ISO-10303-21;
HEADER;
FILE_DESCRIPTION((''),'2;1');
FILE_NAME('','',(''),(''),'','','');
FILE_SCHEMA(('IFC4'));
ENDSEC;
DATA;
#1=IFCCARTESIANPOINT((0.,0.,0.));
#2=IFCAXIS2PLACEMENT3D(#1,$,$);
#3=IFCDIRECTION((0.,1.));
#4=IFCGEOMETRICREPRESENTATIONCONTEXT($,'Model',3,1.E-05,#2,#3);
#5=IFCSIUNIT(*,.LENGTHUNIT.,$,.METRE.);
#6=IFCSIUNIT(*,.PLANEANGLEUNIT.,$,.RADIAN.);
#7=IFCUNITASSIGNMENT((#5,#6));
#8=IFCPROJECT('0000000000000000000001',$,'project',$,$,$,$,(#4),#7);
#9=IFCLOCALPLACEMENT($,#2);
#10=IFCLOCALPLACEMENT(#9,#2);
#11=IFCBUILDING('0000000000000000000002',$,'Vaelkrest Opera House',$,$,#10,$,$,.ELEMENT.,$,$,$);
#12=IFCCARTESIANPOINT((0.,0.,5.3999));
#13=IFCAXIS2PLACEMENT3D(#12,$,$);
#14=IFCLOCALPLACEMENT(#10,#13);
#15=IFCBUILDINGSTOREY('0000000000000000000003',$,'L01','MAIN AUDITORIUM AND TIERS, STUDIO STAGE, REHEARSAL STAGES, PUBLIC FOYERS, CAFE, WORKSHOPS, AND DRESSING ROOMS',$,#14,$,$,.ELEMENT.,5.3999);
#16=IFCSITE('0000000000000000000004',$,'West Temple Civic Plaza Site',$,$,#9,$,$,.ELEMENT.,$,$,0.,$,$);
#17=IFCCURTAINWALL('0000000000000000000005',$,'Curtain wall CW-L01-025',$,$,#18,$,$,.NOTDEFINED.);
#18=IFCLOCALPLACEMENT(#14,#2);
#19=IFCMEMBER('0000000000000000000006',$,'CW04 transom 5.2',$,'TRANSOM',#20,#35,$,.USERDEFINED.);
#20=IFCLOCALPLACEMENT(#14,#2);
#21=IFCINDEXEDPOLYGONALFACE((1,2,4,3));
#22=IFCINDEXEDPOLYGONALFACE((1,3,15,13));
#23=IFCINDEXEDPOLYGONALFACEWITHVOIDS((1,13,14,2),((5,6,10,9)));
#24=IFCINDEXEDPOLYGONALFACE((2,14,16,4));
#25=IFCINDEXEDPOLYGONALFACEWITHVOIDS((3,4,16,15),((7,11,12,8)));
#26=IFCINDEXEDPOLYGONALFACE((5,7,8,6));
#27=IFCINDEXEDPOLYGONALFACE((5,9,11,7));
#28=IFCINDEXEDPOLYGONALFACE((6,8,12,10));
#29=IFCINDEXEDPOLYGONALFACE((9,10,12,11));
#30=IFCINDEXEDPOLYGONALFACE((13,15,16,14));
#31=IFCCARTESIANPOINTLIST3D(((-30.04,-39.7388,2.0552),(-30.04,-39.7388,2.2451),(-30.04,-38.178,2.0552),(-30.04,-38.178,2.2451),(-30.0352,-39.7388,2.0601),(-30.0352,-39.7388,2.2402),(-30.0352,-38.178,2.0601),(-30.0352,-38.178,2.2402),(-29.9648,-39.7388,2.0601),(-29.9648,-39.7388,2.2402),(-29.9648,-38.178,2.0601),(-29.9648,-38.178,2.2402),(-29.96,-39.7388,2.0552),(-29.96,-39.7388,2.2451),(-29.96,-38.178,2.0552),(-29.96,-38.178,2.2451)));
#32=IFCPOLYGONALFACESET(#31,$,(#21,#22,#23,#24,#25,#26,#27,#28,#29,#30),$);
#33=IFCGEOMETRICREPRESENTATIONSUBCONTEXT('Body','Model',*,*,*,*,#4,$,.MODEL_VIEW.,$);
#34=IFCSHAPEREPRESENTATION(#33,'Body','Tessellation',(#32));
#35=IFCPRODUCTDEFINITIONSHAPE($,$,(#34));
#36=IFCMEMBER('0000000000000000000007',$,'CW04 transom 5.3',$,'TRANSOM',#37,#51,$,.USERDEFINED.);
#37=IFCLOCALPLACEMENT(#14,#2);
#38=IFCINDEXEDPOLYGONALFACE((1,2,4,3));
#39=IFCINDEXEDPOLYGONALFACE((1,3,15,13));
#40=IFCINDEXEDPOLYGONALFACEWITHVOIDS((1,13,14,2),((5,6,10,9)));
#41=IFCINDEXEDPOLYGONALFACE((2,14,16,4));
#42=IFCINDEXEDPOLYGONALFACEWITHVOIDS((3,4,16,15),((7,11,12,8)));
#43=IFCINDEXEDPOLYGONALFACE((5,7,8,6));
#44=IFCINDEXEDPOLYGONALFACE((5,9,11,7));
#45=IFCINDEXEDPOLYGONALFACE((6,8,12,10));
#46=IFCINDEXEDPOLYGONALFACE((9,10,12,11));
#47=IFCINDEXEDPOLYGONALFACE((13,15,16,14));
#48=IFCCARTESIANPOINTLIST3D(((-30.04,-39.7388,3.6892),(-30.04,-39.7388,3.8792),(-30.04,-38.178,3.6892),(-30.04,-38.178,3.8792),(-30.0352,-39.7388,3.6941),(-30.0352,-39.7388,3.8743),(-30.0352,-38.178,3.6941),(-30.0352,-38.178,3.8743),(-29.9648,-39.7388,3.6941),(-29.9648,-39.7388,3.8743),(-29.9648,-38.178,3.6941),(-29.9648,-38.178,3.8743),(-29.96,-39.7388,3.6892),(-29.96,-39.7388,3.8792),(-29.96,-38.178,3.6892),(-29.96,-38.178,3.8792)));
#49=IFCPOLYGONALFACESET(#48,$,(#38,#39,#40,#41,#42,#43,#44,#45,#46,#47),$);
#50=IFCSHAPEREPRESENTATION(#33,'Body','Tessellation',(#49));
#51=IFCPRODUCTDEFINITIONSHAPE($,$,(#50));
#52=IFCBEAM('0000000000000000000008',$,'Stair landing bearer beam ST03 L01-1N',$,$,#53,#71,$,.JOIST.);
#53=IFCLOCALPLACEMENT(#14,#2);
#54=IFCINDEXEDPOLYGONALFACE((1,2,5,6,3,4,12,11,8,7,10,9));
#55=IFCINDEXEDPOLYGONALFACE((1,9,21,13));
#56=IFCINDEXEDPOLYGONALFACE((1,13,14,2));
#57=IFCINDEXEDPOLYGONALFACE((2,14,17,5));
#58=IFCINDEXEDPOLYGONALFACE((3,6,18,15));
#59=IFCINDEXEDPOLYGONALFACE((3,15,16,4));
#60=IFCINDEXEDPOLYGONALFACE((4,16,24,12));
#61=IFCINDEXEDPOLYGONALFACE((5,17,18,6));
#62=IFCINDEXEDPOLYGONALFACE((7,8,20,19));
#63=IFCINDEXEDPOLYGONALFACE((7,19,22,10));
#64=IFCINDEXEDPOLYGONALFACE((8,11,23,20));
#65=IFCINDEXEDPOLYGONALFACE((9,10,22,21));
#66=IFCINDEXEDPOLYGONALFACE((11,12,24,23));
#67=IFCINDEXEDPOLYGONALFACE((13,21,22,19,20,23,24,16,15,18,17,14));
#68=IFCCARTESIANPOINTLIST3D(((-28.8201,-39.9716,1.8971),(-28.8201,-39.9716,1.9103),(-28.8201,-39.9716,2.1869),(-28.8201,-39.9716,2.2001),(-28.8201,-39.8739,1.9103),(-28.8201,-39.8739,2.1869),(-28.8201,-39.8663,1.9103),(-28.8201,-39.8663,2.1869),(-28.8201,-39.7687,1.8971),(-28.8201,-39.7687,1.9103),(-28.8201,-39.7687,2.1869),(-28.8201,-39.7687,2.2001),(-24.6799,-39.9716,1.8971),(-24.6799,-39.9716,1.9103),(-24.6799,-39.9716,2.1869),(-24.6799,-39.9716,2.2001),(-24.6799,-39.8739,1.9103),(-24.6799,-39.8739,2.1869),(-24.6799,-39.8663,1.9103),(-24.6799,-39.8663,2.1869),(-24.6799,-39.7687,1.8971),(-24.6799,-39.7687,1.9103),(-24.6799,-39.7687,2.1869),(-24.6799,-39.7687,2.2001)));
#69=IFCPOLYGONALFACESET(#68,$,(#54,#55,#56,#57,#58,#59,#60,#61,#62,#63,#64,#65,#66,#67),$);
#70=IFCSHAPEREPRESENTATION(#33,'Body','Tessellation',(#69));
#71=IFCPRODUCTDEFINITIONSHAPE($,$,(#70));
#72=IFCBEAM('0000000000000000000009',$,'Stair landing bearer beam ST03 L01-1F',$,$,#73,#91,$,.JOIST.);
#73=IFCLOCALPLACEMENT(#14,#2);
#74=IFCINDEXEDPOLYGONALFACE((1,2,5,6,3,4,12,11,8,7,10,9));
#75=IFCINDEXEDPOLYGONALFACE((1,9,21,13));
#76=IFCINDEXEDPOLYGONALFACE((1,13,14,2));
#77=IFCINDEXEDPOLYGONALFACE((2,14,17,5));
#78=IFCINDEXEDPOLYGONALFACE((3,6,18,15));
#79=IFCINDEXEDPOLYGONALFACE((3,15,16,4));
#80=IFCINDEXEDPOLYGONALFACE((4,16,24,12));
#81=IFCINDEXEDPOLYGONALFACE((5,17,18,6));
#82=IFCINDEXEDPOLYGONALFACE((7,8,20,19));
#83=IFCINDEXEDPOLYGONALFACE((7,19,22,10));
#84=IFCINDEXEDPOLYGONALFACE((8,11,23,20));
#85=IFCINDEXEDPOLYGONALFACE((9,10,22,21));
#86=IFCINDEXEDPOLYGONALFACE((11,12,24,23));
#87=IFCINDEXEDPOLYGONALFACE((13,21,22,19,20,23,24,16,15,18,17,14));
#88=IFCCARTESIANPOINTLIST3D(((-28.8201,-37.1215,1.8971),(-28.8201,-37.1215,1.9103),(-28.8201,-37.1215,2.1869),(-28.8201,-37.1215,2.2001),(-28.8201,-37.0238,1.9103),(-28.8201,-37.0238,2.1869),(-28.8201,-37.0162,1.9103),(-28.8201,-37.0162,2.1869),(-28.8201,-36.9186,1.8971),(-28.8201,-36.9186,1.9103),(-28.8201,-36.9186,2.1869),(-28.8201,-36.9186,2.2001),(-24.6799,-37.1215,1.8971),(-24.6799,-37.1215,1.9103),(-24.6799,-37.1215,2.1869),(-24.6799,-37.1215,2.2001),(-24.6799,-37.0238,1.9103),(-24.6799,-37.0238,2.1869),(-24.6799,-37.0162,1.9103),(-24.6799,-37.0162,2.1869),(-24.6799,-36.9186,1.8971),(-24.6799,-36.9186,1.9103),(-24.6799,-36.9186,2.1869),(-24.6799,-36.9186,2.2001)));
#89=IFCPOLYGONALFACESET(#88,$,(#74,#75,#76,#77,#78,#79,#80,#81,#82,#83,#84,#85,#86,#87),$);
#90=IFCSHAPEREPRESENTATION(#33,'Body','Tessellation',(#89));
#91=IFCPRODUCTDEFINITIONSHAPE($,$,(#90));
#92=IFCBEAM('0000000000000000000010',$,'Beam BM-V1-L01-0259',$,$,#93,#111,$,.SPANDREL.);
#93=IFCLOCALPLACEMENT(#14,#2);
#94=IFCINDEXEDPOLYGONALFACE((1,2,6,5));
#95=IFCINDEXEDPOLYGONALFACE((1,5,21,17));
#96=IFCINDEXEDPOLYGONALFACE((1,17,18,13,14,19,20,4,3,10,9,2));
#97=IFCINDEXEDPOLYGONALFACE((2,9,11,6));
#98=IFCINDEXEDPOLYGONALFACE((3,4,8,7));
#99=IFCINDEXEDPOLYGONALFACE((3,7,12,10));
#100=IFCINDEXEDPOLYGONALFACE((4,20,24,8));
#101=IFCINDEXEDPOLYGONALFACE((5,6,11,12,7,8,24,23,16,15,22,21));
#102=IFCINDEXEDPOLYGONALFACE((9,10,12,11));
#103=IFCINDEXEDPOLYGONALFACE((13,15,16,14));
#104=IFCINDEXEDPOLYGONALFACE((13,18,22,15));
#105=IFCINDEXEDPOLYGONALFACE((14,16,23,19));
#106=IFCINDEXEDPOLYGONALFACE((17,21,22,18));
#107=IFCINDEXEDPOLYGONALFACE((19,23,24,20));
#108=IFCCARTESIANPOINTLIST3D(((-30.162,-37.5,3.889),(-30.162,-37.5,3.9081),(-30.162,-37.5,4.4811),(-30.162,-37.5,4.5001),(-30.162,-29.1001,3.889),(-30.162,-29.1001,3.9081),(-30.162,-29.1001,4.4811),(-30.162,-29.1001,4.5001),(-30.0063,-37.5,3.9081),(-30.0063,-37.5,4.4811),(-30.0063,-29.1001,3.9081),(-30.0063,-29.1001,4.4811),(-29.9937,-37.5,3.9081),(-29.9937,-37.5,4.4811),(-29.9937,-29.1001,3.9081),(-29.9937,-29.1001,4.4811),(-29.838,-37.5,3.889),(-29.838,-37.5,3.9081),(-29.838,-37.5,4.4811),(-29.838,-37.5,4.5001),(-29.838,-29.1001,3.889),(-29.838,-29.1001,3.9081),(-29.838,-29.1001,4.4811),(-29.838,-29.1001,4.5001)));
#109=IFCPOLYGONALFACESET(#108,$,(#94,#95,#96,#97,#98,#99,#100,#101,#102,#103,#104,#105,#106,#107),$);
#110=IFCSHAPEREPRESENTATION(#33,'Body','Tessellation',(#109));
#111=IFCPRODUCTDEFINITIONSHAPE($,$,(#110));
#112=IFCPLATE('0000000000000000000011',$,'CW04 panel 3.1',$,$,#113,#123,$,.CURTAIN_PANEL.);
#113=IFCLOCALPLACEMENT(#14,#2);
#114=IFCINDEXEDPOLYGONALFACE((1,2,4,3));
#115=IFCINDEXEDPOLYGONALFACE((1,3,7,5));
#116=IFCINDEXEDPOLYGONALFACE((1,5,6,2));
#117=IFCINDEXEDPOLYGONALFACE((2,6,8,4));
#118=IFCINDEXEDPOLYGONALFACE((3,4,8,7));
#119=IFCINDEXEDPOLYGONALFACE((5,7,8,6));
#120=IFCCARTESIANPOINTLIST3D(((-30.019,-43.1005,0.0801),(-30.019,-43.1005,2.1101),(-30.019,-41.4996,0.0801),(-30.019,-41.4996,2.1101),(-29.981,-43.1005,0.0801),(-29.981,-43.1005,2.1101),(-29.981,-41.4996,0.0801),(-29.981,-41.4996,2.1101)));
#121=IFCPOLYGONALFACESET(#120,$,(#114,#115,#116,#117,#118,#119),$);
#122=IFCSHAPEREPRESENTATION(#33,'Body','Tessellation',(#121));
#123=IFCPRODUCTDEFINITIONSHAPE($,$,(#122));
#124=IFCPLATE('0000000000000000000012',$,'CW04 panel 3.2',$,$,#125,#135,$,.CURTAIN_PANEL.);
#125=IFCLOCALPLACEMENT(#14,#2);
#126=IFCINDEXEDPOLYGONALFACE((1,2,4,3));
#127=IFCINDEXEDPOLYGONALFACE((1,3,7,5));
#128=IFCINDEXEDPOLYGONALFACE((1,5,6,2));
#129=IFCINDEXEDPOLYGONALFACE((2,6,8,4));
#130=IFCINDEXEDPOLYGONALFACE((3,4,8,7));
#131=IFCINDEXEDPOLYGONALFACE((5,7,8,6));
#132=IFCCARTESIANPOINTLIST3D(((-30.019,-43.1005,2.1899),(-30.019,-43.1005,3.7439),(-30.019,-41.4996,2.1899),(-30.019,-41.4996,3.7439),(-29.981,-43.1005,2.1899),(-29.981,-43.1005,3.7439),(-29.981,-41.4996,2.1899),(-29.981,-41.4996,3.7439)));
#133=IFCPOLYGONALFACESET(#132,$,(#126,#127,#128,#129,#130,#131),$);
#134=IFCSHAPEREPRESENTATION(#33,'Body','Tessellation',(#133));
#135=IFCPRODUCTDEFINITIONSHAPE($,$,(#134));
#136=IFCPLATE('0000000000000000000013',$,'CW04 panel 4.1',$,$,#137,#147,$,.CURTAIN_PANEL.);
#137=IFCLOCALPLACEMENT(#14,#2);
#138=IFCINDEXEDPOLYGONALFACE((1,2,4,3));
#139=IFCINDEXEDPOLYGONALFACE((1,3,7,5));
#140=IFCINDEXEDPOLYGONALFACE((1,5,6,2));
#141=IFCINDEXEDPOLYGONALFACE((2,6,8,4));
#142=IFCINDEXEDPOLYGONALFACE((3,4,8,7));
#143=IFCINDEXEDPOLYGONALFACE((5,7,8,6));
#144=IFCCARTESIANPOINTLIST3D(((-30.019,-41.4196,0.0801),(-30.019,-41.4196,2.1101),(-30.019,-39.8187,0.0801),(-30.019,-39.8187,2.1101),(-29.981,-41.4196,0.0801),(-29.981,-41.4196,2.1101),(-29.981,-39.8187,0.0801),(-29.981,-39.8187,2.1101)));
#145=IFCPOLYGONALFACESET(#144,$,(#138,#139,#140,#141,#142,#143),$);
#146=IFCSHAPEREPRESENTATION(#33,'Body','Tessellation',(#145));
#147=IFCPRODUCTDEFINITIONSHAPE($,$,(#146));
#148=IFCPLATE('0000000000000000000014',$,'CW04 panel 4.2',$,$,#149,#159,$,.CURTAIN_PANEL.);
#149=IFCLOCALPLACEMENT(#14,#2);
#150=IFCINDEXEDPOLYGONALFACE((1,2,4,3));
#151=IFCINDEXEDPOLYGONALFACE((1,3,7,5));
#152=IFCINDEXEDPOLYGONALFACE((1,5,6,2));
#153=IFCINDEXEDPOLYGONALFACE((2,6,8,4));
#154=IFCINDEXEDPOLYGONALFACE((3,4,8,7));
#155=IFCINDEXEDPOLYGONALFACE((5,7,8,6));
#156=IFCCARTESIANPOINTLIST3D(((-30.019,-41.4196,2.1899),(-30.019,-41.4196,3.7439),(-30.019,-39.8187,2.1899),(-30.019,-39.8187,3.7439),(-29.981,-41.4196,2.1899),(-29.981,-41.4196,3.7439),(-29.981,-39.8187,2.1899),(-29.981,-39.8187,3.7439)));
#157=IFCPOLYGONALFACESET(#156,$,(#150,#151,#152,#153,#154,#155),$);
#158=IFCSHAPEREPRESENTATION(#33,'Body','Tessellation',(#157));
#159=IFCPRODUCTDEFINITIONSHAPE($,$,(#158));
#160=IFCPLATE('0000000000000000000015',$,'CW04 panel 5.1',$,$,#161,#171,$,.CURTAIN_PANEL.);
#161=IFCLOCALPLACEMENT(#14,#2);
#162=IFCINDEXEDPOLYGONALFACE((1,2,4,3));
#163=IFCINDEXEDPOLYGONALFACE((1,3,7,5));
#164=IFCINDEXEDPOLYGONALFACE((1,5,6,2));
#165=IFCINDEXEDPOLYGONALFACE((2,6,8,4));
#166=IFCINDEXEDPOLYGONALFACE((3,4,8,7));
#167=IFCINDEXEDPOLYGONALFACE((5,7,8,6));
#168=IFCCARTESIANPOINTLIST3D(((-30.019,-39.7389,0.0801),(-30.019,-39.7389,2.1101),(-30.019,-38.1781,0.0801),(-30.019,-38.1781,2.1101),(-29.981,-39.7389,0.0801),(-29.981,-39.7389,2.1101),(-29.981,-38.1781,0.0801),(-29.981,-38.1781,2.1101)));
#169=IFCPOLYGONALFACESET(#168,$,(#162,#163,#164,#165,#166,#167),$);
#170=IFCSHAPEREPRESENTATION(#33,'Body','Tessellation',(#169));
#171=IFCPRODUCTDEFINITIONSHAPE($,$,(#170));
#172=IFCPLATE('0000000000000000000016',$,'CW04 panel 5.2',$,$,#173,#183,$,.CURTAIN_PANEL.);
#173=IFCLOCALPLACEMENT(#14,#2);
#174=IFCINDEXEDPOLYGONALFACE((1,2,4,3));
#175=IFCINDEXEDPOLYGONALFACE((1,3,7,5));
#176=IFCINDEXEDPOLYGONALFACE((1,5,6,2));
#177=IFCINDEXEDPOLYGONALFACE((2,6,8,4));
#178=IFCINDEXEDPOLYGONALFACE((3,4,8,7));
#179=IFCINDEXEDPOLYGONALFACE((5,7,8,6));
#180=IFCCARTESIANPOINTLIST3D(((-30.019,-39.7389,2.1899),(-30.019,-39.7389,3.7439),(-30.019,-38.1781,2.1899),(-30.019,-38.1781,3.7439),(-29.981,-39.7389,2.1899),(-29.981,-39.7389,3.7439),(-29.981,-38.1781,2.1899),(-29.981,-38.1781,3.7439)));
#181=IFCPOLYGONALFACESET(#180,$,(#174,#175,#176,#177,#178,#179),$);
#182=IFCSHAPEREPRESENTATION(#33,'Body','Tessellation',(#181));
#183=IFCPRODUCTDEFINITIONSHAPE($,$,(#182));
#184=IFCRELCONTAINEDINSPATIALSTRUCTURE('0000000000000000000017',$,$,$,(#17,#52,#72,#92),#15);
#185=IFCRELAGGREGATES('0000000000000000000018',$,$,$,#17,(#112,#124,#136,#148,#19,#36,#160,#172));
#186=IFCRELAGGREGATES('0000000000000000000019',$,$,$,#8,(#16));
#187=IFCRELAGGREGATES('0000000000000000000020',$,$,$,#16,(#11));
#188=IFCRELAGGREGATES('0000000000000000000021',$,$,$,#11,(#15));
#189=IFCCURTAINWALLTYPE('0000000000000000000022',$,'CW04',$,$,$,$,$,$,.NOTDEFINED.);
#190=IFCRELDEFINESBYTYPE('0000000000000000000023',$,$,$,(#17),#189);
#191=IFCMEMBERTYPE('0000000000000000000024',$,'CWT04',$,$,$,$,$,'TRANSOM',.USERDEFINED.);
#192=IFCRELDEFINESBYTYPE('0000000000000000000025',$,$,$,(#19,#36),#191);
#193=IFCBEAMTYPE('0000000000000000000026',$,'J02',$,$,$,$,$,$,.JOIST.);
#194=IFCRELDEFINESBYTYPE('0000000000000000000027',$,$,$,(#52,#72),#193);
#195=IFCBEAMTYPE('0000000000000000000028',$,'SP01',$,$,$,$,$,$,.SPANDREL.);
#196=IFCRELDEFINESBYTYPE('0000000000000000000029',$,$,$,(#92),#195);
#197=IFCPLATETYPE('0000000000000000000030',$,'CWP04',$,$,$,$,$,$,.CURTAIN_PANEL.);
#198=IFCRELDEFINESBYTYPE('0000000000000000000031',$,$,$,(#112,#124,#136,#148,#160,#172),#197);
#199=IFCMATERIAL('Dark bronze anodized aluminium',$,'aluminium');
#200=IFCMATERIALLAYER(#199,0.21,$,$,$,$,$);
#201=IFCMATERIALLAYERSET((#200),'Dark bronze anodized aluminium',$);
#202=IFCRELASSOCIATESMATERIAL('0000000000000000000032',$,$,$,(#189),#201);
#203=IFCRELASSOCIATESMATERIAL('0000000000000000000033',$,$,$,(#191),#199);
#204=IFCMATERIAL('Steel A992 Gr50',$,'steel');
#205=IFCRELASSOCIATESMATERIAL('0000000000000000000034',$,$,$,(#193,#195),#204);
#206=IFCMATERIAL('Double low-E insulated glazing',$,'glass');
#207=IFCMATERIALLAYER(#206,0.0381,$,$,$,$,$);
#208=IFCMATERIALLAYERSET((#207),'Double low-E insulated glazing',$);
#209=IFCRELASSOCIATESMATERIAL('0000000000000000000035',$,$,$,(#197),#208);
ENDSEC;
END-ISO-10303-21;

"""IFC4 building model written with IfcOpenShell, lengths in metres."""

from ifc_helpers import new_model, si_unit, direction, frame, origin, origin_2d, place, context, subcontext, project, spatial, rectangle, hollow_rectangle, i_section, extrude, material, layer, layer_set, material_profile, profile_set, type_object, element, aggregate, save


model = new_model("IFC4")

# Units and contexts
model_context = context("Model", 3, precision=1e-05, world=origin(), true_north=direction((0.0, 1.0)))
body_context = subcontext(model_context, "Body", "Model", "MODEL_VIEW")
ifc_project = project(units=[si_unit("LENGTHUNIT", "METRE"), si_unit("PLANEANGLEUNIT", "RADIAN")], contexts=[model_context])

# Site, building, storey
site_placement = place(None, origin())
site = spatial("IfcSite", under=ifc_project, at=site_placement, Name="West Temple Civic Plaza Site", CompositionType="ELEMENT", RefElevation=0.0)
building_placement = place(site_placement, origin())
building = spatial("IfcBuilding", under=site, at=building_placement, Name="Vaelkrest Opera House", CompositionType="ELEMENT")
storey_placement = place(building_placement, frame((0.0, 0.0, 5.3999)))
storey = spatial("IfcBuildingStorey", under=building, at=storey_placement, Name="L01", Description="MAIN AUDITORIUM AND TIERS, STUDIO STAGE, REHEARSAL STAGES, PUBLIC FOYERS, CAFE, WORKSHOPS, AND DRESSING ROOMS", CompositionType="ELEMENT", Elevation=5.3999)

# Curtain wall, members
ifc_material_1 = material(Name="Dark bronze anodized aluminium", Category="aluminium")
ifc_layer_1 = layer(ifc_material_1, 0.21)
ifc_layer_set_1 = layer_set([ifc_layer_1], Name="Dark bronze anodized aluminium")
curtain_wall_type = type_object("IfcCurtainWallType", Name="CW04", PredefinedType="NOTDEFINED", material=ifc_layer_set_1)
curtain_wall_placement = place(storey_placement, origin())
curtain_wall = element("IfcCurtainWall", 1, at=curtain_wall_placement, inside=storey, type_object=curtain_wall_type, Name="Curtain wall CW-L01-025", PredefinedType="NOTDEFINED")
ifc_material_profile_1 = material_profile(ifc_material_1, hollow_rectangle(XDim=0.0801, YDim=0.1899, WallThickness=0.0049, at=origin_2d()), Name="CWT80X190")
ifc_profile_set_1 = profile_set([ifc_material_profile_1], Name="Dark bronze anodized aluminium")
member_type_1 = type_object("IfcMemberType", Name="CWT04", ElementType="TRANSOM", PredefinedType="USERDEFINED", material=ifc_profile_set_1)
member_1_placement = place(storey_placement, frame((-30.0, -39.7388, 2.1501), z_axis=(0.0, 1.0, 0.0), x_axis=(-1.0, 0.0, 0.0)))
member_1 = element("IfcMember", 2, at=member_1_placement, type_object=member_type_1, Name="CW04 transom 5.2", ObjectType="TRANSOM", PredefinedType="USERDEFINED", context=body_context, shape_type="SweptSolid", body=[
    extrude(hollow_rectangle(XDim=0.0801, YDim=0.1899, WallThickness=0.0049, at=origin_2d()), origin(), (0.0, 0.0, 1.0), 1.5608),
])
member_2_placement = place(storey_placement, frame((-30.0, -39.7388, 3.7842), z_axis=(0.0, 1.0, 0.0), x_axis=(-1.0, 0.0, 0.0)))
member_2 = element("IfcMember", 3, at=member_2_placement, type_object=member_type_1, Name="CW04 transom 5.3", ObjectType="TRANSOM", PredefinedType="USERDEFINED", context=body_context, shape_type="SweptSolid", body=[
    extrude(hollow_rectangle(XDim=0.0801, YDim=0.1899, WallThickness=0.0049, at=origin_2d()), origin(), (0.0, 0.0, 1.0), 1.5608),
])

# Beams
ifc_material_2 = material(Name="Steel A992 Gr50", Category="steel")
ifc_material_profile_2 = material_profile(ifc_material_2, i_section(OverallWidth=0.2029, OverallDepth=0.303, WebThickness=0.0076, FlangeThickness=0.0132, at=origin_2d()), Name="W12X40")
ifc_profile_set_2 = profile_set([ifc_material_profile_2], Name="Steel A992 Gr50")
beam_type_1 = type_object("IfcBeamType", Name="J02", PredefinedType="JOIST", material=ifc_profile_set_2)
for number, where, z_axis, x_axis, name in (
    (4, (-28.8201, -39.8701, 2.0486), (1.0, 0.0, 0.0), (0.0, 1.0, 0.0), "Stair landing bearer beam ST03 L01-1N"),
    (5, (-28.8201, -37.02, 2.0486), (1.0, 0.0, 0.0), (0.0, 1.0, 0.0), "Stair landing bearer beam ST03 L01-1F"),
):
    element("IfcBeam", number, at=place(storey_placement, frame(where, z_axis=z_axis, x_axis=x_axis)), inside=storey, type_object=beam_type_1, Name=name, PredefinedType="JOIST", context=body_context, shape_type="SweptSolid", body=[
        extrude(i_section(OverallWidth=0.2029, OverallDepth=0.303, WebThickness=0.0076, FlangeThickness=0.0132, at=origin_2d()), origin(), (0.0, 0.0, 1.0), 4.1401),
    ])
ifc_material_profile_3 = material_profile(ifc_material_2, i_section(OverallWidth=0.324, OverallDepth=0.6111, WebThickness=0.0127, FlangeThickness=0.019, at=origin_2d()), Name="W24X104")
ifc_profile_set_3 = profile_set([ifc_material_profile_3], Name="Steel A992 Gr50")
beam_type_2 = type_object("IfcBeamType", Name="SP01", PredefinedType="SPANDREL", material=ifc_profile_set_3)
beam_placement = place(storey_placement, frame((-30.0, -37.5, 4.1946), z_axis=(0.0, 1.0, 0.0), x_axis=(-1.0, 0.0, 0.0)))
element("IfcBeam", 6, at=beam_placement, inside=storey, type_object=beam_type_2, Name="Beam BM-V1-L01-0259", PredefinedType="SPANDREL", context=body_context, shape_type="SweptSolid", body=[
    extrude(i_section(OverallWidth=0.324, OverallDepth=0.6111, WebThickness=0.0127, FlangeThickness=0.019, at=origin_2d()), origin(), (0.0, 0.0, 1.0), 8.3999),
])

# Plates
ifc_material_3 = material(Name="Double low-E insulated glazing", Category="glass")
ifc_layer_2 = layer(ifc_material_3, 0.0381)
ifc_layer_set_2 = layer_set([ifc_layer_2], Name="Double low-E insulated glazing")
plate_type = type_object("IfcPlateType", Name="CWP04", PredefinedType="CURTAIN_PANEL", material=ifc_layer_set_2)
plate_1_placement = place(storey_placement, frame((-30.0, -42.3, 0.0801), z_axis=(0.0, 0.0, 1.0), x_axis=(0.0, 1.0, 0.0)))
plate_1 = element("IfcPlate", 7, at=plate_1_placement, type_object=plate_type, Name="CW04 panel 3.1", PredefinedType="CURTAIN_PANEL", context=body_context, shape_type="SweptSolid", body=[
    extrude(rectangle(XDim=1.6008, YDim=0.0381, at=origin_2d()), origin(), (0.0, 0.0, 1.0), 2.03),
])
plate_2_placement = place(storey_placement, frame((-30.0, -42.3, 2.1899), z_axis=(0.0, 0.0, 1.0), x_axis=(0.0, 1.0, 0.0)))
plate_2 = element("IfcPlate", 8, at=plate_2_placement, type_object=plate_type, Name="CW04 panel 3.2", PredefinedType="CURTAIN_PANEL", context=body_context, shape_type="SweptSolid", body=[
    extrude(rectangle(XDim=1.6008, YDim=0.0381, at=origin_2d()), origin(), (0.0, 0.0, 1.0), 1.554),
])
plate_3_placement = place(storey_placement, frame((-30.0, -40.6191, 0.0801), z_axis=(0.0, 0.0, 1.0), x_axis=(0.0, 1.0, 0.0)))
plate_3 = element("IfcPlate", 9, at=plate_3_placement, type_object=plate_type, Name="CW04 panel 4.1", PredefinedType="CURTAIN_PANEL", context=body_context, shape_type="SweptSolid", body=[
    extrude(rectangle(XDim=1.6008, YDim=0.0381, at=origin_2d()), origin(), (0.0, 0.0, 1.0), 2.03),
])
plate_4_placement = place(storey_placement, frame((-30.0, -40.6191, 2.1899), z_axis=(0.0, 0.0, 1.0), x_axis=(0.0, 1.0, 0.0)))
plate_4 = element("IfcPlate", 10, at=plate_4_placement, type_object=plate_type, Name="CW04 panel 4.2", PredefinedType="CURTAIN_PANEL", context=body_context, shape_type="SweptSolid", body=[
    extrude(rectangle(XDim=1.6008, YDim=0.0381, at=origin_2d()), origin(), (0.0, 0.0, 1.0), 1.554),
])
plate_5_placement = place(storey_placement, frame((-30.0, -38.9585, 0.0801), z_axis=(0.0, 0.0, 1.0), x_axis=(0.0, 1.0, 0.0)))
plate_5 = element("IfcPlate", 11, at=plate_5_placement, type_object=plate_type, Name="CW04 panel 5.1", PredefinedType="CURTAIN_PANEL", context=body_context, shape_type="SweptSolid", body=[
    extrude(rectangle(XDim=1.5608, YDim=0.0381, at=origin_2d()), origin(), (0.0, 0.0, 1.0), 2.03),
])
plate_6_placement = place(storey_placement, frame((-30.0, -38.9585, 2.1899), z_axis=(0.0, 0.0, 1.0), x_axis=(0.0, 1.0, 0.0)))
plate_6 = element("IfcPlate", 12, at=plate_6_placement, type_object=plate_type, Name="CW04 panel 5.2", PredefinedType="CURTAIN_PANEL", context=body_context, shape_type="SweptSolid", body=[
    extrude(rectangle(XDim=1.5608, YDim=0.0381, at=origin_2d()), origin(), (0.0, 0.0, 1.0), 1.554),
])
aggregate(curtain_wall, [plate_1, plate_2, plate_3, plate_4, member_1, member_2, plate_5, plate_6])

save(model, "model.ifc")
